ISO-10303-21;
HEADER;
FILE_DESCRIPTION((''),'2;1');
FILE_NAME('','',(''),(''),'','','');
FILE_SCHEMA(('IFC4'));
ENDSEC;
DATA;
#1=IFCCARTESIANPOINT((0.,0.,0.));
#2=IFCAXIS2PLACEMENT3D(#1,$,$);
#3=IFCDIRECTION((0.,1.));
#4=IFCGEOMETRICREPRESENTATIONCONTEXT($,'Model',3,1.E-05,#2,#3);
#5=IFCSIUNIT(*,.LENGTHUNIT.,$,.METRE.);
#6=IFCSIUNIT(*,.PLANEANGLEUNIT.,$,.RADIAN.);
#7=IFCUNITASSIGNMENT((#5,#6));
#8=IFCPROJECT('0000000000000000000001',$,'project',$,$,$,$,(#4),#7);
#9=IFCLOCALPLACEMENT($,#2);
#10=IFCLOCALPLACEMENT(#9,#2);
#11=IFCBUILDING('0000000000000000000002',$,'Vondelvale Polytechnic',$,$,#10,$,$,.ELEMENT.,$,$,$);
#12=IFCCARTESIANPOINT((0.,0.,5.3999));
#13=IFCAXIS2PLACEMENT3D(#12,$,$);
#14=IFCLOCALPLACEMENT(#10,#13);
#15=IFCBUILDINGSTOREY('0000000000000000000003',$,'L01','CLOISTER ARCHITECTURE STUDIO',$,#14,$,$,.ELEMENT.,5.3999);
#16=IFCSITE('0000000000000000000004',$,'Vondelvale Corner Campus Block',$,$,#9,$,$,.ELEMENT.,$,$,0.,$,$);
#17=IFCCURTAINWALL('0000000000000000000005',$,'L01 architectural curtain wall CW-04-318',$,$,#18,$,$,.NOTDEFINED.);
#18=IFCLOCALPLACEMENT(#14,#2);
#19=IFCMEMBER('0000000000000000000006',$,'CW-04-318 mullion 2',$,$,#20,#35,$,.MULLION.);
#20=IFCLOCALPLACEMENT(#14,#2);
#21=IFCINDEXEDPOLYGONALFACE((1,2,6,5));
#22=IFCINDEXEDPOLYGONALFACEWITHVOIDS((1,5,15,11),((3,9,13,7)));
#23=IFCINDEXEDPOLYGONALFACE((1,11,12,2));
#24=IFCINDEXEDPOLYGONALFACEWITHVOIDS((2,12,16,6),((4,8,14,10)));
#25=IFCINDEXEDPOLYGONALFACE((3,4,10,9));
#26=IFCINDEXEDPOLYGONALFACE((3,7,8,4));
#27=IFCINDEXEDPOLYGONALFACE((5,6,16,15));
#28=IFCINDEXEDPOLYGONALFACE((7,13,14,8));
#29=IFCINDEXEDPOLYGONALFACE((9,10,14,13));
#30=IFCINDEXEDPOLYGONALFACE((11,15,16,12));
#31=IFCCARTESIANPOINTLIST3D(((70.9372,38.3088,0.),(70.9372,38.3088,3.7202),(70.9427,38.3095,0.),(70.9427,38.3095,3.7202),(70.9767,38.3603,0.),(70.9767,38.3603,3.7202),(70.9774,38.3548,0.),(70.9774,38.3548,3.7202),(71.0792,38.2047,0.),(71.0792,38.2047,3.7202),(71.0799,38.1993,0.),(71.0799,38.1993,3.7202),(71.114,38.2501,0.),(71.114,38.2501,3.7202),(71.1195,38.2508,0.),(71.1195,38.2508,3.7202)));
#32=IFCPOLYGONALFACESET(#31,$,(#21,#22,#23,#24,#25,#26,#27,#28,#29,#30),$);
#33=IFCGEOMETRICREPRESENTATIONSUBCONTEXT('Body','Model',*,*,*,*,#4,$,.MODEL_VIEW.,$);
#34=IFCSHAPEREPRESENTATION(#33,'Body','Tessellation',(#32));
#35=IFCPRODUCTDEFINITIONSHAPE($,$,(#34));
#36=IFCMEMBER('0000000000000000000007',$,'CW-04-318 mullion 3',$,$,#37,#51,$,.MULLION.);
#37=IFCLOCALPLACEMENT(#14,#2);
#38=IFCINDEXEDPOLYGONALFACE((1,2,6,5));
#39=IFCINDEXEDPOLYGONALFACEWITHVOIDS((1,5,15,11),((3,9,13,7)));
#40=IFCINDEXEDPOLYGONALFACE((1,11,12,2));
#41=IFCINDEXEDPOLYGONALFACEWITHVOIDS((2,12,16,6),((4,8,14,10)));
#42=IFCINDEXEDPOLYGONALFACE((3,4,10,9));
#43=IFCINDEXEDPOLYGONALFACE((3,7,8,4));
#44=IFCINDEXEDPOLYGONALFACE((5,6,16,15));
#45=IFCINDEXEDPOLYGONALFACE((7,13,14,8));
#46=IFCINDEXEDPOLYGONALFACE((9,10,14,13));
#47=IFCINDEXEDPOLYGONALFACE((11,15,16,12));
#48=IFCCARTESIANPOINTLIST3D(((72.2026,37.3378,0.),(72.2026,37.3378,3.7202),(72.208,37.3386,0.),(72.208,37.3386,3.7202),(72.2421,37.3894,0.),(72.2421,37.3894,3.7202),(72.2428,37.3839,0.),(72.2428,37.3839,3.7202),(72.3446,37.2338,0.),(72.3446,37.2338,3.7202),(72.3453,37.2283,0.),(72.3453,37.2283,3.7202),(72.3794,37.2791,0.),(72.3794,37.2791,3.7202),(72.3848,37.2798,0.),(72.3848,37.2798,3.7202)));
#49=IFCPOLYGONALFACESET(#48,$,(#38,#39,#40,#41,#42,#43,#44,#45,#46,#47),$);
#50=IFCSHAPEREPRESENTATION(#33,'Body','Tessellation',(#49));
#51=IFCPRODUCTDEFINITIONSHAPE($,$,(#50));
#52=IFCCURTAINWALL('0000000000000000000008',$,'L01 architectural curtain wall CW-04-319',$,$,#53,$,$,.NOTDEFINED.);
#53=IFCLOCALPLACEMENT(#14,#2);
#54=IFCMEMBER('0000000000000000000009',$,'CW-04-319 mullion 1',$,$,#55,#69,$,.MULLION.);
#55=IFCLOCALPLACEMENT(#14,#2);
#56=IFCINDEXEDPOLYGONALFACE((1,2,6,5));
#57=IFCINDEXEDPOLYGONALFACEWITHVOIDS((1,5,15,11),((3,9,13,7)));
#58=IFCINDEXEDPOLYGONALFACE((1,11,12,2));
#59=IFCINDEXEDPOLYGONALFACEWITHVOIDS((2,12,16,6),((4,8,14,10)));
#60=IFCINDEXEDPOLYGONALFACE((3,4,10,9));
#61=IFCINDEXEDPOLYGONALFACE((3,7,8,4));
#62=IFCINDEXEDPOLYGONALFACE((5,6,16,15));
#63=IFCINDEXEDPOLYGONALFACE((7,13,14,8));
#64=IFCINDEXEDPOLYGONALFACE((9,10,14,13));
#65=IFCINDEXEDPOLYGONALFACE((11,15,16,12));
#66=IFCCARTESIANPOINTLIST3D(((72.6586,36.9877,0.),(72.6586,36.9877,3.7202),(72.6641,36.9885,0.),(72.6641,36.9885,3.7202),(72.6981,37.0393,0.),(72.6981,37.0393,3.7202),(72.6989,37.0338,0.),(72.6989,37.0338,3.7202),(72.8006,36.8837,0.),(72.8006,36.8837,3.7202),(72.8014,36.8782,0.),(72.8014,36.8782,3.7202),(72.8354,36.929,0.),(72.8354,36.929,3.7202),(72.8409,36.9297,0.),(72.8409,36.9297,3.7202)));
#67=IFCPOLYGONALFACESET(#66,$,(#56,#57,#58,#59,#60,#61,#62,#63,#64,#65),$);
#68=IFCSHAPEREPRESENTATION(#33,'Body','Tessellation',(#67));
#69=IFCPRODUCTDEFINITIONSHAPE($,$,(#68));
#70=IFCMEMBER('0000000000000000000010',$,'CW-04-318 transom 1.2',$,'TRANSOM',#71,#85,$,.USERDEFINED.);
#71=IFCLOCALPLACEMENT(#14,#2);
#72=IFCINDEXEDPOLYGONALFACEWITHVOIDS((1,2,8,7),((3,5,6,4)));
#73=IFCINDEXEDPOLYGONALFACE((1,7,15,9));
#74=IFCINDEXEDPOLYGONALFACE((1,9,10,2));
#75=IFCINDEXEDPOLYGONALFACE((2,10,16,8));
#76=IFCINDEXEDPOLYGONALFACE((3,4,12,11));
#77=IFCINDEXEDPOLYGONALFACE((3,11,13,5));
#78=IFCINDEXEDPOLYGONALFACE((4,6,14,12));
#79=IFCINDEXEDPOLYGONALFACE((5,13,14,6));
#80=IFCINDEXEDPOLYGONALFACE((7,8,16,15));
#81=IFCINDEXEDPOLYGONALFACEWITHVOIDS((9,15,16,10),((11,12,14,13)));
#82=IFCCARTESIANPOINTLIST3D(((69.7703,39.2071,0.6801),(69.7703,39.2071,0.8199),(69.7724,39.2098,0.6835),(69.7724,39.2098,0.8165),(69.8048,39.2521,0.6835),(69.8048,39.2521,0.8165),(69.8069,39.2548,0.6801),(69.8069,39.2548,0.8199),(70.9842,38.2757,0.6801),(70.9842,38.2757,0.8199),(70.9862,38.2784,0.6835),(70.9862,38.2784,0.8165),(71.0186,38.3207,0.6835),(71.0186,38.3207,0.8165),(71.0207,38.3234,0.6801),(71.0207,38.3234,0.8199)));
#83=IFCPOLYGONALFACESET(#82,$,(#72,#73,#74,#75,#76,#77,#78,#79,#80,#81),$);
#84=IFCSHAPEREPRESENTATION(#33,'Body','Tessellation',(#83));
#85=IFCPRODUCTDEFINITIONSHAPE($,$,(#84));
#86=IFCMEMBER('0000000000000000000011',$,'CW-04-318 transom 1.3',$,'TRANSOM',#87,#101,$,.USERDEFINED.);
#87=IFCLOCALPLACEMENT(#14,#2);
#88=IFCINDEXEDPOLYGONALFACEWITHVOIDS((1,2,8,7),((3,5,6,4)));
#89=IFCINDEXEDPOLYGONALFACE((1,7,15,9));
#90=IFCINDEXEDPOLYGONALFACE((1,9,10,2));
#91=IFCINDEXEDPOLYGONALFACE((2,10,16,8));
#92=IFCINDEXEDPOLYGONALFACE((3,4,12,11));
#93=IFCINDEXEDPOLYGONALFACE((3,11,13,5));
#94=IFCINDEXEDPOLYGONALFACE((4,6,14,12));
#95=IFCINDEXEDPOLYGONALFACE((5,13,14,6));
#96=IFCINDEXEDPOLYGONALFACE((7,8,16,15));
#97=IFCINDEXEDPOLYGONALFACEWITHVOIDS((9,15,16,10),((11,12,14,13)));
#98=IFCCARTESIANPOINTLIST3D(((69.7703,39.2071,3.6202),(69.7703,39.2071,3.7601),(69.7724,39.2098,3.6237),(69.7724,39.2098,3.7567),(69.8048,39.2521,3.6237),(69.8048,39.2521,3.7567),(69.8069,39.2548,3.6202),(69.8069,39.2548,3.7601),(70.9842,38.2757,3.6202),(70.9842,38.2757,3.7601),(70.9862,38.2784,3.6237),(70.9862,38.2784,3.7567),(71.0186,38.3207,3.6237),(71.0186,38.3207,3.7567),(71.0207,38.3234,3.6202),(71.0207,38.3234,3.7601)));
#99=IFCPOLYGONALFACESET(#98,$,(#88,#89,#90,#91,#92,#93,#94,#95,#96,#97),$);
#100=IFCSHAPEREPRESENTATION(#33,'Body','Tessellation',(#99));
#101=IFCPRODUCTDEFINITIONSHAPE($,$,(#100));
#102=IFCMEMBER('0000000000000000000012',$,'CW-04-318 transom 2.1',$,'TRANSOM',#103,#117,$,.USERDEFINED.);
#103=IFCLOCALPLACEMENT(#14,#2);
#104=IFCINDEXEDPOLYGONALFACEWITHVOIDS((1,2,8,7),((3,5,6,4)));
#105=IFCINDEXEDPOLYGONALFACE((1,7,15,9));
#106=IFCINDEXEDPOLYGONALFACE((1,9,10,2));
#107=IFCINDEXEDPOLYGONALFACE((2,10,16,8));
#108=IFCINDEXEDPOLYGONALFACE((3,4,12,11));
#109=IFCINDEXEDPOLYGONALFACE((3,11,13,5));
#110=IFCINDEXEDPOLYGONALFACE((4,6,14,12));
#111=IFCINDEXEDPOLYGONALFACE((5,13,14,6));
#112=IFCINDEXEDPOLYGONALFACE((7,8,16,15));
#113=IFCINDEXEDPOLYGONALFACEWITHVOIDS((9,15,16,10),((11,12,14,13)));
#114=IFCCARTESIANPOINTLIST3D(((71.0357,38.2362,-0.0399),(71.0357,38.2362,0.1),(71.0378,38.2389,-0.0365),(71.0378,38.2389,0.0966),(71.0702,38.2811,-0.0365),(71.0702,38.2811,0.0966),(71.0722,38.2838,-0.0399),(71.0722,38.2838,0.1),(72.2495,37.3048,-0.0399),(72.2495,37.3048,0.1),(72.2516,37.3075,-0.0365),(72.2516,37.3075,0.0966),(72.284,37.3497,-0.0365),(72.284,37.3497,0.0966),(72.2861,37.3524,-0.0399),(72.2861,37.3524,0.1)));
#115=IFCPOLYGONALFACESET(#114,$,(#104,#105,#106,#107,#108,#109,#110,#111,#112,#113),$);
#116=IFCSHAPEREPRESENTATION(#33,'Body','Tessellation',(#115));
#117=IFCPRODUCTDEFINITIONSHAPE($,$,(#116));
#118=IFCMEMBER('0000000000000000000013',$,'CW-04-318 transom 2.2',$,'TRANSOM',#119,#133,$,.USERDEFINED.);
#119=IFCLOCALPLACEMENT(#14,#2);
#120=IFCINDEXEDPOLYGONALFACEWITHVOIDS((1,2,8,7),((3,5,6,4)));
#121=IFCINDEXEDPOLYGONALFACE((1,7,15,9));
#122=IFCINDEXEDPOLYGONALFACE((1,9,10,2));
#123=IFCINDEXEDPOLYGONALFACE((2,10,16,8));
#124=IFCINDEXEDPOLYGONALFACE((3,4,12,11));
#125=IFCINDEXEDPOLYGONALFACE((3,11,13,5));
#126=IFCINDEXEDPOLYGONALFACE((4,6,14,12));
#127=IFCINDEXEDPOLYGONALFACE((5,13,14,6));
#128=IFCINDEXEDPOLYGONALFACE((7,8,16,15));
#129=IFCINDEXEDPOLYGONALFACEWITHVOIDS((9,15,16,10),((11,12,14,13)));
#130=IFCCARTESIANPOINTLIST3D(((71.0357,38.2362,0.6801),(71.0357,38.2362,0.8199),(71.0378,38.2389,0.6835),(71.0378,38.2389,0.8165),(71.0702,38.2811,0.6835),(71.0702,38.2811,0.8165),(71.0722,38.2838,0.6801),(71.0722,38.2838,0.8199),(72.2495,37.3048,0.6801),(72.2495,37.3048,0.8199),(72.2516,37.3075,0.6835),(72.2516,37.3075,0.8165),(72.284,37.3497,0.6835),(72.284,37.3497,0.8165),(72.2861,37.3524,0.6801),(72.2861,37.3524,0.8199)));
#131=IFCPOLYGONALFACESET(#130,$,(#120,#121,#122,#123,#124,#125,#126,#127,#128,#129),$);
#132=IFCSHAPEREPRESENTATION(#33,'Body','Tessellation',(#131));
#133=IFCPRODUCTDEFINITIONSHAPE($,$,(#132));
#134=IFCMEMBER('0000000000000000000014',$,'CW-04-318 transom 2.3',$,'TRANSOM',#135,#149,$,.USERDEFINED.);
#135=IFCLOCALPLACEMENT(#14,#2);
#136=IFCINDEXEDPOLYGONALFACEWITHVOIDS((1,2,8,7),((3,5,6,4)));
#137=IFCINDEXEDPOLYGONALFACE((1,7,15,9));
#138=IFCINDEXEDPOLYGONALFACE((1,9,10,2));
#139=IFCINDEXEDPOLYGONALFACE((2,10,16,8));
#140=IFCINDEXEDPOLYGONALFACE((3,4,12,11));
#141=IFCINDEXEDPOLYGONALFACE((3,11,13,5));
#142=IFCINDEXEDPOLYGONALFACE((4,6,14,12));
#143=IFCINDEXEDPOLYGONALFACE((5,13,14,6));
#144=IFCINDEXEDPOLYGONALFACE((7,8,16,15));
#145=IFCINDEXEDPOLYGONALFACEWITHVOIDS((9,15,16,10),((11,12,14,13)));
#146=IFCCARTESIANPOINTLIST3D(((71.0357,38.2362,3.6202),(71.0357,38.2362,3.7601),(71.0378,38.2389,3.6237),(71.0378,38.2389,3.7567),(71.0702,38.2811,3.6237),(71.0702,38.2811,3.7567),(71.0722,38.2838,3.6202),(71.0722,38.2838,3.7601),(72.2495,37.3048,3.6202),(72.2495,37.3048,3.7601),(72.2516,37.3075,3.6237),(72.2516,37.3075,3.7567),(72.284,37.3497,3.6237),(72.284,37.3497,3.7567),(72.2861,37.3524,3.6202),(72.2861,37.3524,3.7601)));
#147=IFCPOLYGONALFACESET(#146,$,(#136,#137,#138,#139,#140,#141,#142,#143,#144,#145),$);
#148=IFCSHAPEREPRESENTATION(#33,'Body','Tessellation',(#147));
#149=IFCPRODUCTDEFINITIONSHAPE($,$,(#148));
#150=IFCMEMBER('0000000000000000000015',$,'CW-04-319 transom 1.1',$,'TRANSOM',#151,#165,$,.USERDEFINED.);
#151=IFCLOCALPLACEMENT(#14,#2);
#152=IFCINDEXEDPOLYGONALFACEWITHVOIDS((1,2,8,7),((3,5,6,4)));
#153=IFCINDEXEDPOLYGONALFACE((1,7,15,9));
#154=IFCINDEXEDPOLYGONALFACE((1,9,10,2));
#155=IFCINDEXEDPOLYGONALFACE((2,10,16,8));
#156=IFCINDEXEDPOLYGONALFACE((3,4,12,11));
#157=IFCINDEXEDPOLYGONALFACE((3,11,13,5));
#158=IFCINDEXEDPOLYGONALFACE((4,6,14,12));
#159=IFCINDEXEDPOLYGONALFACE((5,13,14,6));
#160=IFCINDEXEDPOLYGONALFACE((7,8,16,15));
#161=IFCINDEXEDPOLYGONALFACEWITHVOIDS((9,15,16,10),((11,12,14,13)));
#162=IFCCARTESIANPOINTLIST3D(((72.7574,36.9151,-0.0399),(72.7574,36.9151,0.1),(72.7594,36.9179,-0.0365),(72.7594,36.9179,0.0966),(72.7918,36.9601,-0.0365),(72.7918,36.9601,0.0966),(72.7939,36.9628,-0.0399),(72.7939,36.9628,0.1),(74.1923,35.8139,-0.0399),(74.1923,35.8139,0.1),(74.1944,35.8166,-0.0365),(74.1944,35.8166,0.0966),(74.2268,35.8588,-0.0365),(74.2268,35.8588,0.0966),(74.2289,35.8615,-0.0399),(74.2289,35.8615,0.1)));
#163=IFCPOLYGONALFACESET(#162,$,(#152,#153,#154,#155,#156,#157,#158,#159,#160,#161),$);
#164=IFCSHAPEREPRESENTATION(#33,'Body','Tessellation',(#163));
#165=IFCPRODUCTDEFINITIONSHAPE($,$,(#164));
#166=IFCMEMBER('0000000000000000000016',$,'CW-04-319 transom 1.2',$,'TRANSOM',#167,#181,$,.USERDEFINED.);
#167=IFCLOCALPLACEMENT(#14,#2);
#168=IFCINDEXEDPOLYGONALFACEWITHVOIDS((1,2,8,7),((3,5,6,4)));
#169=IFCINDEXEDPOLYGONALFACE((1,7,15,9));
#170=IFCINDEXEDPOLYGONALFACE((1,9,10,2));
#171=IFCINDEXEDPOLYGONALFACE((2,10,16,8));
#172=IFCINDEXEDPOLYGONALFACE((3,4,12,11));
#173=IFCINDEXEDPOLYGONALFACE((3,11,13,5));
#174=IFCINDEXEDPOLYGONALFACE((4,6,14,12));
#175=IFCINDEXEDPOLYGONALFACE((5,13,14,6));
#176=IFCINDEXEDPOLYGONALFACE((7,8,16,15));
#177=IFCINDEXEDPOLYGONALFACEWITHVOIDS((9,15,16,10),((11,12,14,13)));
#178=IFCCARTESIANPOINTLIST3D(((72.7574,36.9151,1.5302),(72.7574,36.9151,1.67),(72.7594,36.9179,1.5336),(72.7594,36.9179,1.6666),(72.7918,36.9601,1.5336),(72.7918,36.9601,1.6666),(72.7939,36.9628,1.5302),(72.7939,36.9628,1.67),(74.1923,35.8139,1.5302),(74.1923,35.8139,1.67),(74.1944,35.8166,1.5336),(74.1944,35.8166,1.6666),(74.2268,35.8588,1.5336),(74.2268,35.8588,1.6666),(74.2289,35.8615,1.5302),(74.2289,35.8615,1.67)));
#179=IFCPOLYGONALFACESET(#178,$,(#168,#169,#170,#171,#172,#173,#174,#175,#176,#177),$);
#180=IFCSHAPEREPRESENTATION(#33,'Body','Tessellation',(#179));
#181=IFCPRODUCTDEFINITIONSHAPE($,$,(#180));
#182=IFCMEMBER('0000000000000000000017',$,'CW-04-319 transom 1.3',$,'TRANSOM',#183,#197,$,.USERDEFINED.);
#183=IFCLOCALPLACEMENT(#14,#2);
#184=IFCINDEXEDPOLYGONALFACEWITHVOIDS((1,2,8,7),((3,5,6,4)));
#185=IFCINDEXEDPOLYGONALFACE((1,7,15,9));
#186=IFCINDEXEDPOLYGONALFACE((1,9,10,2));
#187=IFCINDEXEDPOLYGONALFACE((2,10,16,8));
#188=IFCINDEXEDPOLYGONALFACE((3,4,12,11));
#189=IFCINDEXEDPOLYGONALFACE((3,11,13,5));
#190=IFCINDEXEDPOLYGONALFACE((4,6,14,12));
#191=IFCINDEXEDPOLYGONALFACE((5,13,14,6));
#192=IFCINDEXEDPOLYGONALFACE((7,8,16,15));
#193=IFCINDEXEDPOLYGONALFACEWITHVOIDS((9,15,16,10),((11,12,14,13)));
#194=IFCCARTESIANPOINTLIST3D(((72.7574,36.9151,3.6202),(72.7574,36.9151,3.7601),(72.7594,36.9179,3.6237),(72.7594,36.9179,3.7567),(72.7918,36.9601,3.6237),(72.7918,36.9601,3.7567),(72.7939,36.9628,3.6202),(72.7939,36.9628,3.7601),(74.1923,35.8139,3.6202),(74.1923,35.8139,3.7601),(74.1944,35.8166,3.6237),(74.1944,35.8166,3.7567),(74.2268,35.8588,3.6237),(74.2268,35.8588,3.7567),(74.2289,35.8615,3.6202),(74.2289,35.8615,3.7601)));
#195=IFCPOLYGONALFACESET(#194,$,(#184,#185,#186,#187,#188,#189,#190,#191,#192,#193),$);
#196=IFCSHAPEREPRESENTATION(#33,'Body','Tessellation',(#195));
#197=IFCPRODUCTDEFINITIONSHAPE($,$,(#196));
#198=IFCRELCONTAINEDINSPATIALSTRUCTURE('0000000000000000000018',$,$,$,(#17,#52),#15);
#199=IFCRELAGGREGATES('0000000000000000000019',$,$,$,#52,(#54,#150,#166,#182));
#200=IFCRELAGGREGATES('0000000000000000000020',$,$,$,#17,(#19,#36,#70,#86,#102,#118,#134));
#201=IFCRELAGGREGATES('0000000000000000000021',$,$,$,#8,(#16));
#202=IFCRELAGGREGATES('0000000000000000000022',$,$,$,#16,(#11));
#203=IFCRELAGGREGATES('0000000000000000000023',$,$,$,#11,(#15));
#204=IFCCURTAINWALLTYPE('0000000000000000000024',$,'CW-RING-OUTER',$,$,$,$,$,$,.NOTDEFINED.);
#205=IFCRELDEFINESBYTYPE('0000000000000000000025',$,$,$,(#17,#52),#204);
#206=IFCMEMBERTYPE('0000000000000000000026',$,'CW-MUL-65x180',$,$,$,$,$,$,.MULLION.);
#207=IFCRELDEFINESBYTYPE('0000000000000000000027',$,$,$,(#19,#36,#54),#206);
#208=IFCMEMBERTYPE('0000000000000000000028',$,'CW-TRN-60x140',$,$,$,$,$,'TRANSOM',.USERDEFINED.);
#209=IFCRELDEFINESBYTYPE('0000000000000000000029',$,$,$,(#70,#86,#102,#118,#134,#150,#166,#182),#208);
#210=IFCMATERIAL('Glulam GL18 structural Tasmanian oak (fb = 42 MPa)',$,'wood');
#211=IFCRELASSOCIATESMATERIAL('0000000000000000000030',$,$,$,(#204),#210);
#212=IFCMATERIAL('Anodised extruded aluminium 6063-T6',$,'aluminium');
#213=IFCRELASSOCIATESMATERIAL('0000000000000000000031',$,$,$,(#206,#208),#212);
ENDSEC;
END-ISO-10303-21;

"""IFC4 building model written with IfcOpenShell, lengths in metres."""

from ifc_helpers import new_model, si_unit, direction, frame, origin, origin_2d, place, context, subcontext, project, spatial, hollow_rectangle, extrude, material, material_profile, profile_set, type_object, element, aggregate, save


model = new_model("IFC4")

# Units and contexts
model_context = context("Model", 3, precision=1e-05, world=origin(), true_north=direction((0.0, 1.0)))
body_context = subcontext(model_context, "Body", "Model", "MODEL_VIEW")
ifc_project = project(units=[si_unit("LENGTHUNIT", "METRE"), si_unit("PLANEANGLEUNIT", "RADIAN")], contexts=[model_context])

# Site, building, storey
site_placement = place(None, origin())
site = spatial("IfcSite", under=ifc_project, at=site_placement, Name="Vondelvale Corner Campus Block", CompositionType="ELEMENT", RefElevation=0.0)
building_placement = place(site_placement, origin())
building = spatial("IfcBuilding", under=site, at=building_placement, Name="Vondelvale Polytechnic", CompositionType="ELEMENT")
storey_placement = place(building_placement, frame((0.0, 0.0, 5.3999)))
storey = spatial("IfcBuildingStorey", under=building, at=storey_placement, Name="L01", Description="CLOISTER ARCHITECTURE STUDIO", CompositionType="ELEMENT", Elevation=5.3999)

# Shared definitions
ifc_material_1 = material(Name="Glulam GL18 structural Tasmanian oak (fb = 42 MPa)", Category="wood")

# Curtain wall, members
curtain_wall_type = type_object("IfcCurtainWallType", Name="CW-RING-OUTER", PredefinedType="NOTDEFINED", material=ifc_material_1)
curtain_wall_1_placement = place(storey_placement, origin())
curtain_wall_1 = element("IfcCurtainWall", 1, at=curtain_wall_1_placement, inside=storey, type_object=curtain_wall_type, Name="L01 architectural curtain wall CW-04-318", PredefinedType="NOTDEFINED")
ifc_material_2 = material(Name="Anodised extruded aluminium 6063-T6", Category="aluminium")
ifc_material_profile_1 = material_profile(ifc_material_2, hollow_rectangle(XDim=0.0649, YDim=0.1799, WallThickness=0.0039, at=origin_2d()), Name="CW-MUL-180x65")
ifc_profile_set_1 = profile_set([ifc_material_profile_1], Name="Anodised extruded aluminium 6063-T6")
member_type_1 = type_object("IfcMemberType", Name="CW-MUL-65x180", PredefinedType="MULLION", material=ifc_profile_set_1)
member_1_placement = place(storey_placement, frame((71.0283, 38.2798, 0.0), z_axis=(0.0, 0.0, 1.0), x_axis=(0.608787, 0.793334, 0.0)))
member_1 = element("IfcMember", 2, at=member_1_placement, type_object=member_type_1, Name="CW-04-318 mullion 2", PredefinedType="MULLION", context=body_context, shape_type="SweptSolid", body=[
    extrude(hollow_rectangle(XDim=0.0649, YDim=0.1799, WallThickness=0.0039, at=origin_2d()), origin(), (0.0, 0.0, 1.0), 3.7202),
])
member_2_placement = place(storey_placement, frame((72.2937, 37.3088, 0.0), z_axis=(0.0, 0.0, 1.0), x_axis=(0.608787, 0.793334, 0.0)))
member_2 = element("IfcMember", 3, at=member_2_placement, type_object=member_type_1, Name="CW-04-318 mullion 3", PredefinedType="MULLION", context=body_context, shape_type="SweptSolid", body=[
    extrude(hollow_rectangle(XDim=0.0649, YDim=0.1799, WallThickness=0.0039, at=origin_2d()), origin(), (0.0, 0.0, 1.0), 3.7202),
])

# Curtain wall, member
curtain_wall_2_placement = place(storey_placement, origin())
curtain_wall_2 = element("IfcCurtainWall", 4, at=curtain_wall_2_placement, inside=storey, type_object=curtain_wall_type, Name="L01 architectural curtain wall CW-04-319", PredefinedType="NOTDEFINED")
member_3_placement = place(storey_placement, frame((72.7498, 36.9587, 0.0), z_axis=(0.0, 0.0, 1.0), x_axis=(0.608771, 0.793346, 0.0)))
member_3 = element("IfcMember", 5, at=member_3_placement, type_object=member_type_1, Name="CW-04-319 mullion 1", PredefinedType="MULLION", context=body_context, shape_type="SweptSolid", body=[
    extrude(hollow_rectangle(XDim=0.0649, YDim=0.1799, WallThickness=0.0039, at=origin_2d()), origin(), (0.0, 0.0, 1.0), 3.7202),
])

# Members
ifc_material_profile_2 = material_profile(ifc_material_2, hollow_rectangle(XDim=0.0601, YDim=0.1399, WallThickness=0.0034, at=origin_2d()), Name="CW-TRN-140x60")
ifc_profile_set_2 = profile_set([ifc_material_profile_2], Name="Anodised extruded aluminium 6063-T6")
member_type_2 = type_object("IfcMemberType", Name="CW-TRN-60x140", ElementType="TRANSOM", PredefinedType="USERDEFINED", material=ifc_profile_set_2)
member_4_placement = place(storey_placement, frame((69.7886, 39.231, 0.75), z_axis=(0.793365, -0.608746, 0.0), x_axis=(0.608746, 0.793365, 0.0)))
member_4 = element("IfcMember", 6, at=member_4_placement, type_object=member_type_2, Name="CW-04-318 transom 1.2", ObjectType="TRANSOM", PredefinedType="USERDEFINED", context=body_context, shape_type="SweptSolid", body=[
    extrude(hollow_rectangle(XDim=0.0601, YDim=0.1399, WallThickness=0.0034, at=origin_2d()), origin(), (0.0, 0.0, 1.0), 1.53),
])
member_5_placement = place(storey_placement, frame((69.7886, 39.231, 3.6902), z_axis=(0.793365, -0.608746, 0.0), x_axis=(0.608746, 0.793365, 0.0)))
member_5 = element("IfcMember", 7, at=member_5_placement, type_object=member_type_2, Name="CW-04-318 transom 1.3", ObjectType="TRANSOM", PredefinedType="USERDEFINED", context=body_context, shape_type="SweptSolid", body=[
    extrude(hollow_rectangle(XDim=0.0601, YDim=0.1399, WallThickness=0.0034, at=origin_2d()), origin(), (0.0, 0.0, 1.0), 1.53),
])
member_6_placement = place(storey_placement, frame((71.054, 38.26, 0.03), z_axis=(0.793365, -0.608746, 0.0), x_axis=(0.608746, 0.793365, 0.0)))
member_6 = element("IfcMember", 8, at=member_6_placement, type_object=member_type_2, Name="CW-04-318 transom 2.1", ObjectType="TRANSOM", PredefinedType="USERDEFINED", context=body_context, shape_type="SweptSolid", body=[
    extrude(hollow_rectangle(XDim=0.0601, YDim=0.1399, WallThickness=0.0034, at=origin_2d()), origin(), (0.0, 0.0, 1.0), 1.53),
])
member_7_placement = place(storey_placement, frame((71.054, 38.26, 0.75), z_axis=(0.793365, -0.608746, 0.0), x_axis=(0.608746, 0.793365, 0.0)))
member_7 = element("IfcMember", 9, at=member_7_placement, type_object=member_type_2, Name="CW-04-318 transom 2.2", ObjectType="TRANSOM", PredefinedType="USERDEFINED", context=body_context, shape_type="SweptSolid", body=[
    extrude(hollow_rectangle(XDim=0.0601, YDim=0.1399, WallThickness=0.0034, at=origin_2d()), origin(), (0.0, 0.0, 1.0), 1.53),
])
member_8_placement = place(storey_placement, frame((71.054, 38.26, 3.6902), z_axis=(0.793365, -0.608746, 0.0), x_axis=(0.608746, 0.793365, 0.0)))
member_8 = element("IfcMember", 10, at=member_8_placement, type_object=member_type_2, Name="CW-04-318 transom 2.3", ObjectType="TRANSOM", PredefinedType="USERDEFINED", context=body_context, shape_type="SweptSolid", body=[
    extrude(hollow_rectangle(XDim=0.0601, YDim=0.1399, WallThickness=0.0034, at=origin_2d()), origin(), (0.0, 0.0, 1.0), 1.53),
])
member_9_placement = place(storey_placement, frame((72.7756, 36.939, 0.03), z_axis=(0.793311, -0.608817, 0.0), x_axis=(0.608817, 0.793311, 0.0)))
member_9 = element("IfcMember", 11, at=member_9_placement, type_object=member_type_2, Name="CW-04-319 transom 1.1", ObjectType="TRANSOM", PredefinedType="USERDEFINED", context=body_context, shape_type="SweptSolid", body=[
    extrude(hollow_rectangle(XDim=0.0601, YDim=0.1399, WallThickness=0.0034, at=origin_2d()), origin(), (0.0, 0.0, 1.0), 1.8088),
])
member_10_placement = place(storey_placement, frame((72.7756, 36.939, 1.6001), z_axis=(0.793311, -0.608817, 0.0), x_axis=(0.608817, 0.793311, 0.0)))
member_10 = element("IfcMember", 12, at=member_10_placement, type_object=member_type_2, Name="CW-04-319 transom 1.2", ObjectType="TRANSOM", PredefinedType="USERDEFINED", context=body_context, shape_type="SweptSolid", body=[
    extrude(hollow_rectangle(XDim=0.0601, YDim=0.1399, WallThickness=0.0034, at=origin_2d()), origin(), (0.0, 0.0, 1.0), 1.8088),
])
member_11_placement = place(storey_placement, frame((72.7756, 36.939, 3.6902), z_axis=(0.793311, -0.608817, 0.0), x_axis=(0.608817, 0.793311, 0.0)))
member_11 = element("IfcMember", 13, at=member_11_placement, type_object=member_type_2, Name="CW-04-319 transom 1.3", ObjectType="TRANSOM", PredefinedType="USERDEFINED", context=body_context, shape_type="SweptSolid", body=[
    extrude(hollow_rectangle(XDim=0.0601, YDim=0.1399, WallThickness=0.0034, at=origin_2d()), origin(), (0.0, 0.0, 1.0), 1.8088),
])
aggregate(curtain_wall_2, [member_3, member_9, member_10, member_11])

aggregate(curtain_wall_1, [member_1, member_2, member_4, member_5, member_6, member_7, member_8])

save(model, "model.ifc")
